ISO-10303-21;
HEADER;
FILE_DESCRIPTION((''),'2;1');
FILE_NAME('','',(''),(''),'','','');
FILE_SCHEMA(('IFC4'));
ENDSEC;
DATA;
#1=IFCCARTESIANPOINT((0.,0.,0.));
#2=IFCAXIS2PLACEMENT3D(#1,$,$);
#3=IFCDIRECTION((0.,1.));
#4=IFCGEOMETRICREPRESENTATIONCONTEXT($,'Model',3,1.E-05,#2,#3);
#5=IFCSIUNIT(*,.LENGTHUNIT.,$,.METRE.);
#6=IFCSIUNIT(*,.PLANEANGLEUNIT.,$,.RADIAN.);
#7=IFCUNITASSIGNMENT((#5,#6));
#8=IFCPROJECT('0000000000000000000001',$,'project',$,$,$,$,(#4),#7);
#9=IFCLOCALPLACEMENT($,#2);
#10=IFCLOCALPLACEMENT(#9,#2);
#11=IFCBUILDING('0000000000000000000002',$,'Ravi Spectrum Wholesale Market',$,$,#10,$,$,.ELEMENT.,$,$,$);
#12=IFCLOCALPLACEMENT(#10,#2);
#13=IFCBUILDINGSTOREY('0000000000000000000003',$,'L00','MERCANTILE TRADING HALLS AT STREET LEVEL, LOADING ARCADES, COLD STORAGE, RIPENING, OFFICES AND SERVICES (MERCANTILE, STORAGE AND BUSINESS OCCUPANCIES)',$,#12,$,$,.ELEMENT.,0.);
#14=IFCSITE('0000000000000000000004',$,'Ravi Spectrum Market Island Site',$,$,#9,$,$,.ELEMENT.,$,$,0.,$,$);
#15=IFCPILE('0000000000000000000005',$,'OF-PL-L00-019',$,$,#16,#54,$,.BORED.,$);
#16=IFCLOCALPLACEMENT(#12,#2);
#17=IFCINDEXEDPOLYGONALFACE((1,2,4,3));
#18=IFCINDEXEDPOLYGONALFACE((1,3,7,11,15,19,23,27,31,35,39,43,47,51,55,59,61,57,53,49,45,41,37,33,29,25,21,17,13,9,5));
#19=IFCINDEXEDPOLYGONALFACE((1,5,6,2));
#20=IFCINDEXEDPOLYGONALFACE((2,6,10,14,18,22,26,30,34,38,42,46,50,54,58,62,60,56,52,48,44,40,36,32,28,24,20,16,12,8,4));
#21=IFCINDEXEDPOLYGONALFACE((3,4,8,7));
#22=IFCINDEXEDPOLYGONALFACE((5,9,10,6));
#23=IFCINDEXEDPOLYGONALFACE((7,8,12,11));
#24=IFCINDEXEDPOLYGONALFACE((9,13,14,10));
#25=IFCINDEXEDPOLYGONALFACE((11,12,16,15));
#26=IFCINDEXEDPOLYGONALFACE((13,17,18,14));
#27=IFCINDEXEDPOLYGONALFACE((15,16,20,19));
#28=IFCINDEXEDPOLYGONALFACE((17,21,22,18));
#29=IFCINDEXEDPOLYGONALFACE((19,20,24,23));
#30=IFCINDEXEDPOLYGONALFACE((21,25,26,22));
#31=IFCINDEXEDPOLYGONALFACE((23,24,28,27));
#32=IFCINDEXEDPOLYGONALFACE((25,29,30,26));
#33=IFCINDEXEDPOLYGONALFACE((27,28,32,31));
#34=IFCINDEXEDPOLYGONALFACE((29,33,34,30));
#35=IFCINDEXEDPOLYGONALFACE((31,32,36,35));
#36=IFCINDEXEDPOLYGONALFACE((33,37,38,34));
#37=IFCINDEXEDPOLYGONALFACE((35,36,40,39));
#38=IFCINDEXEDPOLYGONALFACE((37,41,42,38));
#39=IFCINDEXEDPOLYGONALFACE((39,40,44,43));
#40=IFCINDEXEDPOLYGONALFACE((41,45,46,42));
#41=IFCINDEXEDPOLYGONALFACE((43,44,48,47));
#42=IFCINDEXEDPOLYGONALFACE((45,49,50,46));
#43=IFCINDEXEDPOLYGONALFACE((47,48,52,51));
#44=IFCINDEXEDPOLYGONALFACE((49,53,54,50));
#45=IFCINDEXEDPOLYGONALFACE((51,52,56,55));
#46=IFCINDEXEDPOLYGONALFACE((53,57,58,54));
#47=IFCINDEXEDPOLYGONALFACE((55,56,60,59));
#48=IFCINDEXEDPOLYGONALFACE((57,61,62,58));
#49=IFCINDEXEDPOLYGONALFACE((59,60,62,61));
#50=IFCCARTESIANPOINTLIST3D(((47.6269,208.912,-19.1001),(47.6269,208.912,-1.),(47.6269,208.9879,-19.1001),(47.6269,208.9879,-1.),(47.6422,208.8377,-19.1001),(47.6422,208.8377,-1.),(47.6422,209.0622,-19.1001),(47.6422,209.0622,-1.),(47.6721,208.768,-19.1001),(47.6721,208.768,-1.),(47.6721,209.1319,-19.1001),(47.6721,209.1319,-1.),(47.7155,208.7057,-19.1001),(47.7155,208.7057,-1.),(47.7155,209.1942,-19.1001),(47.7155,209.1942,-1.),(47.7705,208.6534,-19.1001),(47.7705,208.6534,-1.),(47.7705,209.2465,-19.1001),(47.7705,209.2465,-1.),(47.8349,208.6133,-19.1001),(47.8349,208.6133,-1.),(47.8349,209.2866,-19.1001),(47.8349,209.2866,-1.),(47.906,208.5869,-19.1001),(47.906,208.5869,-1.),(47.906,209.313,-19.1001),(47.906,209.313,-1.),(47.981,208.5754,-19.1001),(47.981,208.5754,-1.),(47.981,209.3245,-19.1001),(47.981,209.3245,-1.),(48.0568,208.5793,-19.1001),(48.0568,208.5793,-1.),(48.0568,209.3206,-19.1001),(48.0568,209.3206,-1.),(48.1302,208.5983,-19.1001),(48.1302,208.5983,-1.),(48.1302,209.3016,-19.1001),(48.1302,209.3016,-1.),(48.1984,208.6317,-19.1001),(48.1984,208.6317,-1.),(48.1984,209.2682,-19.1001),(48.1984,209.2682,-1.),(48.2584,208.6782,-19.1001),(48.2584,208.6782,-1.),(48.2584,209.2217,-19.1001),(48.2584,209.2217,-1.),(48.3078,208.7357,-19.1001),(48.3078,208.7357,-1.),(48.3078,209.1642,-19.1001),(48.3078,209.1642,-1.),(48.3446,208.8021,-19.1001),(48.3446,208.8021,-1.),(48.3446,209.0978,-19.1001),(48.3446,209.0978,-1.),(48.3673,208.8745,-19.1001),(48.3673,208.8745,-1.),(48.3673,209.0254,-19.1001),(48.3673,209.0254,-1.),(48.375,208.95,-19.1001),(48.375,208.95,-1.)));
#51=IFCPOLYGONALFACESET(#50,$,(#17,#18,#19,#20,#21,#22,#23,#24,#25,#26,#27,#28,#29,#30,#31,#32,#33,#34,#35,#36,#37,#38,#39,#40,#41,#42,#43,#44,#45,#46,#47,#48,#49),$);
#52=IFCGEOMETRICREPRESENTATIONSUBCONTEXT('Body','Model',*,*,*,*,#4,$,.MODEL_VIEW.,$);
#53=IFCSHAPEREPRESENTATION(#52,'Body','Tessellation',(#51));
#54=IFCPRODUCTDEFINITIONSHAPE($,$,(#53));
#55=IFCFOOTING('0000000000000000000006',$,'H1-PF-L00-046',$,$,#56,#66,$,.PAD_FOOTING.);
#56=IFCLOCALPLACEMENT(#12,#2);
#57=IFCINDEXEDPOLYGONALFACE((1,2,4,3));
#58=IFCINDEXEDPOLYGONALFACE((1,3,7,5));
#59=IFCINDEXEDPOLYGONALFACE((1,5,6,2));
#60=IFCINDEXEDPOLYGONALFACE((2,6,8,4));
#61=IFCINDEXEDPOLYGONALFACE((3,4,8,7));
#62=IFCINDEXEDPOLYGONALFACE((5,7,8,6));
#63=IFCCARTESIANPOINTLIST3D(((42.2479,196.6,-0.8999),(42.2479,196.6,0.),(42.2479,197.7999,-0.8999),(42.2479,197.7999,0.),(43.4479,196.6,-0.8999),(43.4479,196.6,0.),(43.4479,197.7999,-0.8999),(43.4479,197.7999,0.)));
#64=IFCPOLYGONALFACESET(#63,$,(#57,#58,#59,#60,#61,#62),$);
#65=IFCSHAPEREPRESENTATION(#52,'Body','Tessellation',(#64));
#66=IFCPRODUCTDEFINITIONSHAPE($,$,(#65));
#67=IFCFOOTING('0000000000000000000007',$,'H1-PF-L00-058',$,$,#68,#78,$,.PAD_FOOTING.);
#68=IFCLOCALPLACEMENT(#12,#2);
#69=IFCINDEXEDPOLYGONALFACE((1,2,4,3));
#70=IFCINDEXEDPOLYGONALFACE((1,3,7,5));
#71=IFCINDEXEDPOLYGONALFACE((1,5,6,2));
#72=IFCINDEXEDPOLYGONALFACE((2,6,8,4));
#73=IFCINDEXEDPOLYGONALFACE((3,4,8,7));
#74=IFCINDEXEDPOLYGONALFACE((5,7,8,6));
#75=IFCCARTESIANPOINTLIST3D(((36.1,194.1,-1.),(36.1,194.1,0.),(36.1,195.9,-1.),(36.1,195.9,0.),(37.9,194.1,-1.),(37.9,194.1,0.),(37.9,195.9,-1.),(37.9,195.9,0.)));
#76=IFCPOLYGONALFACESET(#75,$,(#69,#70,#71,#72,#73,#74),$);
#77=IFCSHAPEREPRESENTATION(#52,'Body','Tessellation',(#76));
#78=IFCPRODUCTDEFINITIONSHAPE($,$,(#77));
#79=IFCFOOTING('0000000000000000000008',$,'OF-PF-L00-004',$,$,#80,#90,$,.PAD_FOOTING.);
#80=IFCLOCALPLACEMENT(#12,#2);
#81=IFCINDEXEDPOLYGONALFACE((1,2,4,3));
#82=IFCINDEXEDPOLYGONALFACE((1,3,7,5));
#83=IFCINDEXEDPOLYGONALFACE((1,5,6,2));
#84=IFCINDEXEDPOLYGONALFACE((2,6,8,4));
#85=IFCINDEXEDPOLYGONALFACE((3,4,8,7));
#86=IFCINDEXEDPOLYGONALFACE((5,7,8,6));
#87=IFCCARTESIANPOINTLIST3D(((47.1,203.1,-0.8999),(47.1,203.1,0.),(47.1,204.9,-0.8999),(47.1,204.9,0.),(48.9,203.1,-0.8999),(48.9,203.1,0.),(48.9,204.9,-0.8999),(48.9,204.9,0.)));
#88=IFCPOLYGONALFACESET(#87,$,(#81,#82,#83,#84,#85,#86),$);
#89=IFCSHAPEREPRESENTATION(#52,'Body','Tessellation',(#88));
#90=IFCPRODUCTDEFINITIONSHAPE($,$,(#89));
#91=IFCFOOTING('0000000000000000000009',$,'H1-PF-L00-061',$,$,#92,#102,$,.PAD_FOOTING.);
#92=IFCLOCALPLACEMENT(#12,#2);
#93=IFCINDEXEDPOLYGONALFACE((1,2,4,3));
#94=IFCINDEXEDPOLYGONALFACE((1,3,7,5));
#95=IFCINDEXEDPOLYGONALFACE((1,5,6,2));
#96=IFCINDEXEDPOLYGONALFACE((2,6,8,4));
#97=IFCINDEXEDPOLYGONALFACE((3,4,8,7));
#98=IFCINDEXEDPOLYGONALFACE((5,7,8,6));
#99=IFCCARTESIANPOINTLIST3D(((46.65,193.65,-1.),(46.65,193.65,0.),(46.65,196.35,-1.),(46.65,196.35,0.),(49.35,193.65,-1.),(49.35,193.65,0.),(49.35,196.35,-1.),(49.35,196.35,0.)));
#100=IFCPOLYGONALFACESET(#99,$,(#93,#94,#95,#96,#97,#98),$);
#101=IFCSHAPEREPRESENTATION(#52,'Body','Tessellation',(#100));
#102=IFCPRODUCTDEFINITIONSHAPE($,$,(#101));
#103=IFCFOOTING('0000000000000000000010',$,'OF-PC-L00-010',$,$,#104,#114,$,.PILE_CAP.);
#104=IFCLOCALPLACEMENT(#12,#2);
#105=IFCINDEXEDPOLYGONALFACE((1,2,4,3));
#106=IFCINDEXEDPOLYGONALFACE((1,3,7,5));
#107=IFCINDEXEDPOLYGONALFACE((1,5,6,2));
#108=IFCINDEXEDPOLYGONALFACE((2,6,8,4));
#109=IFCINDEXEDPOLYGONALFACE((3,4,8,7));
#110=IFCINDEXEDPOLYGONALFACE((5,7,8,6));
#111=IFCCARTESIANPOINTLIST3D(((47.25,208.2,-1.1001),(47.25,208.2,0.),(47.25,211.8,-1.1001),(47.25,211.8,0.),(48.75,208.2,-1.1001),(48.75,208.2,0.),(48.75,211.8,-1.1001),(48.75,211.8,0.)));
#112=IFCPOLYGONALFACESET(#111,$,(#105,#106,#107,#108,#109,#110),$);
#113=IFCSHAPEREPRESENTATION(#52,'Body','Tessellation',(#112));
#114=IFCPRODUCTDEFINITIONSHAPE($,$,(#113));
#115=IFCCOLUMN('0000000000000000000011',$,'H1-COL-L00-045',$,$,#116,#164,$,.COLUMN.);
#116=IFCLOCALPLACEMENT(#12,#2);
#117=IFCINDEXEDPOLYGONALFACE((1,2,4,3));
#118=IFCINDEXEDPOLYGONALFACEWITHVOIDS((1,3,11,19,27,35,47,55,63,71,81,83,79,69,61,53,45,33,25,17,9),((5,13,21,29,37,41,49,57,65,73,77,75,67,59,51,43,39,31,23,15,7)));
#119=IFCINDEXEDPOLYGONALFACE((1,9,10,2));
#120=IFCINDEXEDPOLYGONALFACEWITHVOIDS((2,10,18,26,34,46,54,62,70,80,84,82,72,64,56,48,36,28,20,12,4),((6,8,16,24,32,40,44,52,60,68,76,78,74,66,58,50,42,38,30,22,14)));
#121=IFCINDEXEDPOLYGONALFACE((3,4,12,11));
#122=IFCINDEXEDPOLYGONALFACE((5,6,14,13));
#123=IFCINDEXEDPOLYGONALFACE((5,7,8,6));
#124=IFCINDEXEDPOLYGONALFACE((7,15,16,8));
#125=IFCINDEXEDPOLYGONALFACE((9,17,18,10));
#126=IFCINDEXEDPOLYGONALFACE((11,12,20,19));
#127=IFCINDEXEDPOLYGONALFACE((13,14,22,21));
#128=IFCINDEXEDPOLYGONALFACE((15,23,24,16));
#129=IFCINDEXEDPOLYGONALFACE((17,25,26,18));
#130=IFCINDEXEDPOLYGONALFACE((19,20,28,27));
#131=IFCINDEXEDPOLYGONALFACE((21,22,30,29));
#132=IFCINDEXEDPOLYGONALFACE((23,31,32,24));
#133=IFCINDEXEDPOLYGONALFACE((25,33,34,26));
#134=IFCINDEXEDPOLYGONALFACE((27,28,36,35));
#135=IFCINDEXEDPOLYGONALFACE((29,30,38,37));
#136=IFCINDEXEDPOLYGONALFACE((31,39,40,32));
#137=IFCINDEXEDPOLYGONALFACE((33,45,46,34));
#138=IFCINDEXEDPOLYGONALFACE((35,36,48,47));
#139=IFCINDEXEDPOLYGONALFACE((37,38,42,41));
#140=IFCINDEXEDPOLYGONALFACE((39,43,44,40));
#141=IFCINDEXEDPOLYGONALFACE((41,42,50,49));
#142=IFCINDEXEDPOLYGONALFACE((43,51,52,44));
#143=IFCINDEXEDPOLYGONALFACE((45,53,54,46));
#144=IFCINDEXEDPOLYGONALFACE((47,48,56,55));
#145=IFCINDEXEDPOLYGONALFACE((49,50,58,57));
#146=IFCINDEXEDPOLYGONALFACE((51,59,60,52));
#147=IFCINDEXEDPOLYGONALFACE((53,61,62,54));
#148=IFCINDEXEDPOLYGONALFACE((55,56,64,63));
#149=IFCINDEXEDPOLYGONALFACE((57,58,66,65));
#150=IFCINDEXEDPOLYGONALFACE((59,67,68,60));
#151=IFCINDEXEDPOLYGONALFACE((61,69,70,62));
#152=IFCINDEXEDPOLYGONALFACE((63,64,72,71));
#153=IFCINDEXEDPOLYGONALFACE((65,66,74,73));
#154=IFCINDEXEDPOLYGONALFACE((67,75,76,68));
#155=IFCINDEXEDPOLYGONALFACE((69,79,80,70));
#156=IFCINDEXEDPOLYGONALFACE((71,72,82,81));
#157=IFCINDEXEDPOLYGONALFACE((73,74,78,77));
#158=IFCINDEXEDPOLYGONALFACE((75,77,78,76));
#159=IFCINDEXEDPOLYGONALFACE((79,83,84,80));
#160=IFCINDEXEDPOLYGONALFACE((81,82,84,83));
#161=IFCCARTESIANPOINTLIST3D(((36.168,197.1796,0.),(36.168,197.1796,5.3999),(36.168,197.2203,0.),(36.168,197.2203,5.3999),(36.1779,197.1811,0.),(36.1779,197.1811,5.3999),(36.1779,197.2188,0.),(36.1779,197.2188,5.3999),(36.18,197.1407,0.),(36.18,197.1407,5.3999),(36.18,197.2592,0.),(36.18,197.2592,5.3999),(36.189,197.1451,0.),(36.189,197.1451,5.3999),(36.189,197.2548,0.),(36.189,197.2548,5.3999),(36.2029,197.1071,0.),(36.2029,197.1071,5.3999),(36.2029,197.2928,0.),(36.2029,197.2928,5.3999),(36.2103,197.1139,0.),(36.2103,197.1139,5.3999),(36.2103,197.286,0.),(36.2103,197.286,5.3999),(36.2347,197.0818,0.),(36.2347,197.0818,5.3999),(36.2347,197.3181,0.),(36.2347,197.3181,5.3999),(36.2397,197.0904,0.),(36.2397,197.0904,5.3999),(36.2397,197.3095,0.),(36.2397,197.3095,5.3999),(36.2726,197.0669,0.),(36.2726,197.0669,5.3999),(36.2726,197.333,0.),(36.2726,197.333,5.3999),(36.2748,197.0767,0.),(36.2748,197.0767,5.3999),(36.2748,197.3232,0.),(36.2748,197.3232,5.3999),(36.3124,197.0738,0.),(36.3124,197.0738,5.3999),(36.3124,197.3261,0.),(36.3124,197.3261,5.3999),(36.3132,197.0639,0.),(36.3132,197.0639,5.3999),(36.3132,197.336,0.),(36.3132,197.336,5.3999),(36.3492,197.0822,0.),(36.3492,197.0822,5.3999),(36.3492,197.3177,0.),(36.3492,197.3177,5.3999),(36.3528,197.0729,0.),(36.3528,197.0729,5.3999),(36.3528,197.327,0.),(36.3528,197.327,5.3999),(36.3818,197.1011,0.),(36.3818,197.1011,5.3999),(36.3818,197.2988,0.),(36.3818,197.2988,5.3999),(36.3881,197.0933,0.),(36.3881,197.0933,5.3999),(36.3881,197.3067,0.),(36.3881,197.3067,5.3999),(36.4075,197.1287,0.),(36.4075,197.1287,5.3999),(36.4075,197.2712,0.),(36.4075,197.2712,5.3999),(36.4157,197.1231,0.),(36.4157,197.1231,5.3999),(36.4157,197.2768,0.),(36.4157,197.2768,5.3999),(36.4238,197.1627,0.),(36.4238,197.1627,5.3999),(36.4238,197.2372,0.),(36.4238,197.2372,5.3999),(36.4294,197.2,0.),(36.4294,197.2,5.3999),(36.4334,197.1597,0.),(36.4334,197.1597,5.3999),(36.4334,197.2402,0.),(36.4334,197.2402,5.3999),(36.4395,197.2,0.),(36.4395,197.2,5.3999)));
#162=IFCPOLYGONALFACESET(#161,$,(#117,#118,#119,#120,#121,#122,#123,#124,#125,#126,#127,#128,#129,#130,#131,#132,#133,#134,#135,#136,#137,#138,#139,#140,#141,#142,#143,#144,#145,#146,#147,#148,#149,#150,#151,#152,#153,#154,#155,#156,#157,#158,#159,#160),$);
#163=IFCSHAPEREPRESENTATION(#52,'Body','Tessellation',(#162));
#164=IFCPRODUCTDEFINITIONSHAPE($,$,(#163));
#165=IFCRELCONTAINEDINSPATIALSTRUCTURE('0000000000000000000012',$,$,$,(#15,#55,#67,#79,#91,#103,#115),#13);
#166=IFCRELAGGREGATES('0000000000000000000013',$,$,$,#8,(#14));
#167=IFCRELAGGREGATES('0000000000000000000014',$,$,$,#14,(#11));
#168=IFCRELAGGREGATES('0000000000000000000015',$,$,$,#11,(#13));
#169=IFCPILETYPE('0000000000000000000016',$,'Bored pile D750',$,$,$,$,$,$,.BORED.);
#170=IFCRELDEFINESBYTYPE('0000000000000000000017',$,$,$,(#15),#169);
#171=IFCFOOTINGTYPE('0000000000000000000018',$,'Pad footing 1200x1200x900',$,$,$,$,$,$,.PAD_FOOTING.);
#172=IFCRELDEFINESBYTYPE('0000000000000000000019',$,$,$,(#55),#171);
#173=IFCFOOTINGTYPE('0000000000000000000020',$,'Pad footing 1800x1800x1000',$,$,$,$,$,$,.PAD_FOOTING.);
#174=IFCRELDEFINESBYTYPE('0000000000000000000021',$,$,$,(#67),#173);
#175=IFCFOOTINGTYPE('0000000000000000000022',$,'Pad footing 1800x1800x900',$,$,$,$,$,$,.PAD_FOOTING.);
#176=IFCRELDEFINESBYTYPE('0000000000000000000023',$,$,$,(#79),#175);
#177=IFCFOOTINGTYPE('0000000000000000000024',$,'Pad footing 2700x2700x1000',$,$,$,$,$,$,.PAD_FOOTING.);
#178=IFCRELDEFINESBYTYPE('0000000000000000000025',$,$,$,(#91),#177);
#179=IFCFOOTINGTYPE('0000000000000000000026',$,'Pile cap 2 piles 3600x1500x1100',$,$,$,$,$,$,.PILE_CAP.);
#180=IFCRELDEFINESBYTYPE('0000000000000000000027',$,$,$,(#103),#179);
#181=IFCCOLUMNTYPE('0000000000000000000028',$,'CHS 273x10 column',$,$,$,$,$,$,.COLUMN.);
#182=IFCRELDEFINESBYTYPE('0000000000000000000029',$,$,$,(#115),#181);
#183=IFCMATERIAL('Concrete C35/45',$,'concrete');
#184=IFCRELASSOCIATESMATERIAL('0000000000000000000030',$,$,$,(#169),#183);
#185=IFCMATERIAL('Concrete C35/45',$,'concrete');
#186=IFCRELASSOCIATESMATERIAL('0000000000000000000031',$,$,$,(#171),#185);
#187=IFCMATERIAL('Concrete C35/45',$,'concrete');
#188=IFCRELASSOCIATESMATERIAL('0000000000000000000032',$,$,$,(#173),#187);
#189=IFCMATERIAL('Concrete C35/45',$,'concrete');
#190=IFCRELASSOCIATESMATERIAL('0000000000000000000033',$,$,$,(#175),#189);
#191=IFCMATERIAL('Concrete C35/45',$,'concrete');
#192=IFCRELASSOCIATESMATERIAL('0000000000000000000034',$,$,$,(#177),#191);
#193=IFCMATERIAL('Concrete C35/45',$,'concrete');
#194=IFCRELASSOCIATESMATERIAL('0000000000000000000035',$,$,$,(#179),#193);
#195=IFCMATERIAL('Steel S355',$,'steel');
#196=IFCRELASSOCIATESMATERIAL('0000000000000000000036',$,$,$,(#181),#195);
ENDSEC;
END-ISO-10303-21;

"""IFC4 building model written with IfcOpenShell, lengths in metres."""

from ifc_helpers import new_model, si_unit, direction, frame, origin, origin_2d, place, context, subcontext, project, spatial, rectangle, circle, hollow_circle, extrude, material, material_profile, profile_set, type_object, element, save


model = new_model("IFC4")

# Units and contexts
model_context = context("Model", 3, precision=1e-05, world=origin(), true_north=direction((0.0, 1.0)))
body_context = subcontext(model_context, "Body", "Model", "MODEL_VIEW")
ifc_project = project(units=[si_unit("LENGTHUNIT", "METRE"), si_unit("PLANEANGLEUNIT", "RADIAN")], contexts=[model_context])

# Site, building, storey
site_placement = place(None, origin())
site = spatial("IfcSite", under=ifc_project, at=site_placement, Name="Ravi Spectrum Market Island Site", CompositionType="ELEMENT", RefElevation=0.0)
building_placement = place(site_placement, origin())
building = spatial("IfcBuilding", under=site, at=building_placement, Name="Ravi Spectrum Wholesale Market", CompositionType="ELEMENT")
storey_placement = place(building_placement, origin())
storey = spatial("IfcBuildingStorey", under=building, at=storey_placement, Name="L00", Description="MERCANTILE TRADING HALLS AT STREET LEVEL, LOADING ARCADES, COLD STORAGE, RIPENING, OFFICES AND SERVICES (MERCANTILE, STORAGE AND BUSINESS OCCUPANCIES)", CompositionType="ELEMENT", Elevation=0.0)

# Pile
ifc_material_1 = material(Name="Concrete C35/45", Category="concrete")
ifc_material_profile_1 = material_profile(ifc_material_1, circle(Radius=0.375, at=origin_2d()))
ifc_profile_set_1 = profile_set([ifc_material_profile_1], Name="Concrete C35/45")
pile_type = type_object("IfcPileType", Name="Bored pile D750", PredefinedType="BORED", material=ifc_profile_set_1)
pile_placement = place(storey_placement, frame((48.0, 208.95, -1.0), z_axis=(0.0, 0.0, -1.0), x_axis=(1.0, 0.0, 0.0)))
element("IfcPile", 1, at=pile_placement, inside=storey, type_object=pile_type, Name="OF-PL-L00-019", PredefinedType="BORED", context=body_context, shape_type="SweptSolid", body=[
    extrude(circle(Radius=0.375, at=origin_2d()), origin(), (0.0, 0.0, 1.0), 18.1001),
])

# Footings
ifc_material_2 = material(Name="Concrete C35/45", Category="concrete")
footing_type_1 = type_object("IfcFootingType", Name="Pad footing 1200x1200x900", PredefinedType="PAD_FOOTING", material=ifc_material_2)
footing_1_placement = place(storey_placement, frame((42.8479, 197.2, -0.8999), z_axis=(0.0, 0.0, 1.0), x_axis=(1.0, 0.0, 0.0)))
element("IfcFooting", 2, at=footing_1_placement, inside=storey, type_object=footing_type_1, Name="H1-PF-L00-046", PredefinedType="PAD_FOOTING", context=body_context, shape_type="SweptSolid", body=[
    extrude(rectangle(XDim=1.2, YDim=1.2, at=origin_2d()), origin(), (0.0, 0.0, 1.0), 0.8999),
])
ifc_material_3 = material(Name="Concrete C35/45", Category="concrete")
footing_type_2 = type_object("IfcFootingType", Name="Pad footing 1800x1800x1000", PredefinedType="PAD_FOOTING", material=ifc_material_3)
footing_2_placement = place(storey_placement, frame((37.0, 195.0, -1.0), z_axis=(0.0, 0.0, 1.0), x_axis=(1.0, 0.0, 0.0)))
element("IfcFooting", 3, at=footing_2_placement, inside=storey, type_object=footing_type_2, Name="H1-PF-L00-058", PredefinedType="PAD_FOOTING", context=body_context, shape_type="SweptSolid", body=[
    extrude(rectangle(XDim=1.8, YDim=1.8, at=origin_2d()), origin(), (0.0, 0.0, 1.0), 1.0),
])
ifc_material_4 = material(Name="Concrete C35/45", Category="concrete")
footing_type_3 = type_object("IfcFootingType", Name="Pad footing 1800x1800x900", PredefinedType="PAD_FOOTING", material=ifc_material_4)
footing_3_placement = place(storey_placement, frame((48.0, 204.0, -0.8999), z_axis=(0.0, 0.0, 1.0), x_axis=(1.0, 0.0, 0.0)))
element("IfcFooting", 4, at=footing_3_placement, inside=storey, type_object=footing_type_3, Name="OF-PF-L00-004", PredefinedType="PAD_FOOTING", context=body_context, shape_type="SweptSolid", body=[
    extrude(rectangle(XDim=1.8, YDim=1.8, at=origin_2d()), origin(), (0.0, 0.0, 1.0), 0.8999),
])
ifc_material_5 = material(Name="Concrete C35/45", Category="concrete")
footing_type_4 = type_object("IfcFootingType", Name="Pad footing 2700x2700x1000", PredefinedType="PAD_FOOTING", material=ifc_material_5)
footing_4_placement = place(storey_placement, frame((48.0, 195.0, -1.0), z_axis=(0.0, 0.0, 1.0), x_axis=(1.0, 0.0, 0.0)))
element("IfcFooting", 5, at=footing_4_placement, inside=storey, type_object=footing_type_4, Name="H1-PF-L00-061", PredefinedType="PAD_FOOTING", context=body_context, shape_type="SweptSolid", body=[
    extrude(rectangle(XDim=2.7, YDim=2.7, at=origin_2d()), origin(), (0.0, 0.0, 1.0), 1.0),
])
ifc_material_6 = material(Name="Concrete C35/45", Category="concrete")
footing_type_5 = type_object("IfcFootingType", Name="Pile cap 2 piles 3600x1500x1100", PredefinedType="PILE_CAP", material=ifc_material_6)
footing_5_placement = place(storey_placement, frame((48.0, 210.0, -1.1001), z_axis=(0.0, 0.0, 1.0), x_axis=(0.0, 1.0, 0.0)))
element("IfcFooting", 6, at=footing_5_placement, inside=storey, type_object=footing_type_5, Name="OF-PC-L00-010", PredefinedType="PILE_CAP", context=body_context, shape_type="SweptSolid", body=[
    extrude(rectangle(XDim=3.6001, YDim=1.5, at=origin_2d()), origin(), (0.0, 0.0, 1.0), 1.1001),
])

# Column
ifc_material_7 = material(Name="Steel S355", Category="steel")
ifc_material_profile_2 = material_profile(ifc_material_7, hollow_circle(Radius=0.1365, WallThickness=0.01, at=origin_2d()))
ifc_profile_set_2 = profile_set([ifc_material_profile_2], Name="Steel S355")
column_type_1 = type_object("IfcColumnType", Name="CHS 273x10 column", PredefinedType="COLUMN", material=ifc_profile_set_2)
for number, where, z_axis, x_axis, name in (
    (7, (36.303, 197.2, 0.0), (0.0, 0.0, 1.0), (1.0, 0.0, 0.0), "H1-COL-L00-045"),
):
    element("IfcColumn", number, at=place(storey_placement, frame(where, z_axis=z_axis, x_axis=x_axis)), inside=storey, type_object=column_type_1, Name=name, PredefinedType="COLUMN", context=body_context, shape_type="SweptSolid", body=[
        extrude(hollow_circle(Radius=0.1365, WallThickness=0.01, at=origin_2d()), origin(), (0.0, 0.0, 1.0), 5.3999),
    ])

save(model, "model.ifc")
